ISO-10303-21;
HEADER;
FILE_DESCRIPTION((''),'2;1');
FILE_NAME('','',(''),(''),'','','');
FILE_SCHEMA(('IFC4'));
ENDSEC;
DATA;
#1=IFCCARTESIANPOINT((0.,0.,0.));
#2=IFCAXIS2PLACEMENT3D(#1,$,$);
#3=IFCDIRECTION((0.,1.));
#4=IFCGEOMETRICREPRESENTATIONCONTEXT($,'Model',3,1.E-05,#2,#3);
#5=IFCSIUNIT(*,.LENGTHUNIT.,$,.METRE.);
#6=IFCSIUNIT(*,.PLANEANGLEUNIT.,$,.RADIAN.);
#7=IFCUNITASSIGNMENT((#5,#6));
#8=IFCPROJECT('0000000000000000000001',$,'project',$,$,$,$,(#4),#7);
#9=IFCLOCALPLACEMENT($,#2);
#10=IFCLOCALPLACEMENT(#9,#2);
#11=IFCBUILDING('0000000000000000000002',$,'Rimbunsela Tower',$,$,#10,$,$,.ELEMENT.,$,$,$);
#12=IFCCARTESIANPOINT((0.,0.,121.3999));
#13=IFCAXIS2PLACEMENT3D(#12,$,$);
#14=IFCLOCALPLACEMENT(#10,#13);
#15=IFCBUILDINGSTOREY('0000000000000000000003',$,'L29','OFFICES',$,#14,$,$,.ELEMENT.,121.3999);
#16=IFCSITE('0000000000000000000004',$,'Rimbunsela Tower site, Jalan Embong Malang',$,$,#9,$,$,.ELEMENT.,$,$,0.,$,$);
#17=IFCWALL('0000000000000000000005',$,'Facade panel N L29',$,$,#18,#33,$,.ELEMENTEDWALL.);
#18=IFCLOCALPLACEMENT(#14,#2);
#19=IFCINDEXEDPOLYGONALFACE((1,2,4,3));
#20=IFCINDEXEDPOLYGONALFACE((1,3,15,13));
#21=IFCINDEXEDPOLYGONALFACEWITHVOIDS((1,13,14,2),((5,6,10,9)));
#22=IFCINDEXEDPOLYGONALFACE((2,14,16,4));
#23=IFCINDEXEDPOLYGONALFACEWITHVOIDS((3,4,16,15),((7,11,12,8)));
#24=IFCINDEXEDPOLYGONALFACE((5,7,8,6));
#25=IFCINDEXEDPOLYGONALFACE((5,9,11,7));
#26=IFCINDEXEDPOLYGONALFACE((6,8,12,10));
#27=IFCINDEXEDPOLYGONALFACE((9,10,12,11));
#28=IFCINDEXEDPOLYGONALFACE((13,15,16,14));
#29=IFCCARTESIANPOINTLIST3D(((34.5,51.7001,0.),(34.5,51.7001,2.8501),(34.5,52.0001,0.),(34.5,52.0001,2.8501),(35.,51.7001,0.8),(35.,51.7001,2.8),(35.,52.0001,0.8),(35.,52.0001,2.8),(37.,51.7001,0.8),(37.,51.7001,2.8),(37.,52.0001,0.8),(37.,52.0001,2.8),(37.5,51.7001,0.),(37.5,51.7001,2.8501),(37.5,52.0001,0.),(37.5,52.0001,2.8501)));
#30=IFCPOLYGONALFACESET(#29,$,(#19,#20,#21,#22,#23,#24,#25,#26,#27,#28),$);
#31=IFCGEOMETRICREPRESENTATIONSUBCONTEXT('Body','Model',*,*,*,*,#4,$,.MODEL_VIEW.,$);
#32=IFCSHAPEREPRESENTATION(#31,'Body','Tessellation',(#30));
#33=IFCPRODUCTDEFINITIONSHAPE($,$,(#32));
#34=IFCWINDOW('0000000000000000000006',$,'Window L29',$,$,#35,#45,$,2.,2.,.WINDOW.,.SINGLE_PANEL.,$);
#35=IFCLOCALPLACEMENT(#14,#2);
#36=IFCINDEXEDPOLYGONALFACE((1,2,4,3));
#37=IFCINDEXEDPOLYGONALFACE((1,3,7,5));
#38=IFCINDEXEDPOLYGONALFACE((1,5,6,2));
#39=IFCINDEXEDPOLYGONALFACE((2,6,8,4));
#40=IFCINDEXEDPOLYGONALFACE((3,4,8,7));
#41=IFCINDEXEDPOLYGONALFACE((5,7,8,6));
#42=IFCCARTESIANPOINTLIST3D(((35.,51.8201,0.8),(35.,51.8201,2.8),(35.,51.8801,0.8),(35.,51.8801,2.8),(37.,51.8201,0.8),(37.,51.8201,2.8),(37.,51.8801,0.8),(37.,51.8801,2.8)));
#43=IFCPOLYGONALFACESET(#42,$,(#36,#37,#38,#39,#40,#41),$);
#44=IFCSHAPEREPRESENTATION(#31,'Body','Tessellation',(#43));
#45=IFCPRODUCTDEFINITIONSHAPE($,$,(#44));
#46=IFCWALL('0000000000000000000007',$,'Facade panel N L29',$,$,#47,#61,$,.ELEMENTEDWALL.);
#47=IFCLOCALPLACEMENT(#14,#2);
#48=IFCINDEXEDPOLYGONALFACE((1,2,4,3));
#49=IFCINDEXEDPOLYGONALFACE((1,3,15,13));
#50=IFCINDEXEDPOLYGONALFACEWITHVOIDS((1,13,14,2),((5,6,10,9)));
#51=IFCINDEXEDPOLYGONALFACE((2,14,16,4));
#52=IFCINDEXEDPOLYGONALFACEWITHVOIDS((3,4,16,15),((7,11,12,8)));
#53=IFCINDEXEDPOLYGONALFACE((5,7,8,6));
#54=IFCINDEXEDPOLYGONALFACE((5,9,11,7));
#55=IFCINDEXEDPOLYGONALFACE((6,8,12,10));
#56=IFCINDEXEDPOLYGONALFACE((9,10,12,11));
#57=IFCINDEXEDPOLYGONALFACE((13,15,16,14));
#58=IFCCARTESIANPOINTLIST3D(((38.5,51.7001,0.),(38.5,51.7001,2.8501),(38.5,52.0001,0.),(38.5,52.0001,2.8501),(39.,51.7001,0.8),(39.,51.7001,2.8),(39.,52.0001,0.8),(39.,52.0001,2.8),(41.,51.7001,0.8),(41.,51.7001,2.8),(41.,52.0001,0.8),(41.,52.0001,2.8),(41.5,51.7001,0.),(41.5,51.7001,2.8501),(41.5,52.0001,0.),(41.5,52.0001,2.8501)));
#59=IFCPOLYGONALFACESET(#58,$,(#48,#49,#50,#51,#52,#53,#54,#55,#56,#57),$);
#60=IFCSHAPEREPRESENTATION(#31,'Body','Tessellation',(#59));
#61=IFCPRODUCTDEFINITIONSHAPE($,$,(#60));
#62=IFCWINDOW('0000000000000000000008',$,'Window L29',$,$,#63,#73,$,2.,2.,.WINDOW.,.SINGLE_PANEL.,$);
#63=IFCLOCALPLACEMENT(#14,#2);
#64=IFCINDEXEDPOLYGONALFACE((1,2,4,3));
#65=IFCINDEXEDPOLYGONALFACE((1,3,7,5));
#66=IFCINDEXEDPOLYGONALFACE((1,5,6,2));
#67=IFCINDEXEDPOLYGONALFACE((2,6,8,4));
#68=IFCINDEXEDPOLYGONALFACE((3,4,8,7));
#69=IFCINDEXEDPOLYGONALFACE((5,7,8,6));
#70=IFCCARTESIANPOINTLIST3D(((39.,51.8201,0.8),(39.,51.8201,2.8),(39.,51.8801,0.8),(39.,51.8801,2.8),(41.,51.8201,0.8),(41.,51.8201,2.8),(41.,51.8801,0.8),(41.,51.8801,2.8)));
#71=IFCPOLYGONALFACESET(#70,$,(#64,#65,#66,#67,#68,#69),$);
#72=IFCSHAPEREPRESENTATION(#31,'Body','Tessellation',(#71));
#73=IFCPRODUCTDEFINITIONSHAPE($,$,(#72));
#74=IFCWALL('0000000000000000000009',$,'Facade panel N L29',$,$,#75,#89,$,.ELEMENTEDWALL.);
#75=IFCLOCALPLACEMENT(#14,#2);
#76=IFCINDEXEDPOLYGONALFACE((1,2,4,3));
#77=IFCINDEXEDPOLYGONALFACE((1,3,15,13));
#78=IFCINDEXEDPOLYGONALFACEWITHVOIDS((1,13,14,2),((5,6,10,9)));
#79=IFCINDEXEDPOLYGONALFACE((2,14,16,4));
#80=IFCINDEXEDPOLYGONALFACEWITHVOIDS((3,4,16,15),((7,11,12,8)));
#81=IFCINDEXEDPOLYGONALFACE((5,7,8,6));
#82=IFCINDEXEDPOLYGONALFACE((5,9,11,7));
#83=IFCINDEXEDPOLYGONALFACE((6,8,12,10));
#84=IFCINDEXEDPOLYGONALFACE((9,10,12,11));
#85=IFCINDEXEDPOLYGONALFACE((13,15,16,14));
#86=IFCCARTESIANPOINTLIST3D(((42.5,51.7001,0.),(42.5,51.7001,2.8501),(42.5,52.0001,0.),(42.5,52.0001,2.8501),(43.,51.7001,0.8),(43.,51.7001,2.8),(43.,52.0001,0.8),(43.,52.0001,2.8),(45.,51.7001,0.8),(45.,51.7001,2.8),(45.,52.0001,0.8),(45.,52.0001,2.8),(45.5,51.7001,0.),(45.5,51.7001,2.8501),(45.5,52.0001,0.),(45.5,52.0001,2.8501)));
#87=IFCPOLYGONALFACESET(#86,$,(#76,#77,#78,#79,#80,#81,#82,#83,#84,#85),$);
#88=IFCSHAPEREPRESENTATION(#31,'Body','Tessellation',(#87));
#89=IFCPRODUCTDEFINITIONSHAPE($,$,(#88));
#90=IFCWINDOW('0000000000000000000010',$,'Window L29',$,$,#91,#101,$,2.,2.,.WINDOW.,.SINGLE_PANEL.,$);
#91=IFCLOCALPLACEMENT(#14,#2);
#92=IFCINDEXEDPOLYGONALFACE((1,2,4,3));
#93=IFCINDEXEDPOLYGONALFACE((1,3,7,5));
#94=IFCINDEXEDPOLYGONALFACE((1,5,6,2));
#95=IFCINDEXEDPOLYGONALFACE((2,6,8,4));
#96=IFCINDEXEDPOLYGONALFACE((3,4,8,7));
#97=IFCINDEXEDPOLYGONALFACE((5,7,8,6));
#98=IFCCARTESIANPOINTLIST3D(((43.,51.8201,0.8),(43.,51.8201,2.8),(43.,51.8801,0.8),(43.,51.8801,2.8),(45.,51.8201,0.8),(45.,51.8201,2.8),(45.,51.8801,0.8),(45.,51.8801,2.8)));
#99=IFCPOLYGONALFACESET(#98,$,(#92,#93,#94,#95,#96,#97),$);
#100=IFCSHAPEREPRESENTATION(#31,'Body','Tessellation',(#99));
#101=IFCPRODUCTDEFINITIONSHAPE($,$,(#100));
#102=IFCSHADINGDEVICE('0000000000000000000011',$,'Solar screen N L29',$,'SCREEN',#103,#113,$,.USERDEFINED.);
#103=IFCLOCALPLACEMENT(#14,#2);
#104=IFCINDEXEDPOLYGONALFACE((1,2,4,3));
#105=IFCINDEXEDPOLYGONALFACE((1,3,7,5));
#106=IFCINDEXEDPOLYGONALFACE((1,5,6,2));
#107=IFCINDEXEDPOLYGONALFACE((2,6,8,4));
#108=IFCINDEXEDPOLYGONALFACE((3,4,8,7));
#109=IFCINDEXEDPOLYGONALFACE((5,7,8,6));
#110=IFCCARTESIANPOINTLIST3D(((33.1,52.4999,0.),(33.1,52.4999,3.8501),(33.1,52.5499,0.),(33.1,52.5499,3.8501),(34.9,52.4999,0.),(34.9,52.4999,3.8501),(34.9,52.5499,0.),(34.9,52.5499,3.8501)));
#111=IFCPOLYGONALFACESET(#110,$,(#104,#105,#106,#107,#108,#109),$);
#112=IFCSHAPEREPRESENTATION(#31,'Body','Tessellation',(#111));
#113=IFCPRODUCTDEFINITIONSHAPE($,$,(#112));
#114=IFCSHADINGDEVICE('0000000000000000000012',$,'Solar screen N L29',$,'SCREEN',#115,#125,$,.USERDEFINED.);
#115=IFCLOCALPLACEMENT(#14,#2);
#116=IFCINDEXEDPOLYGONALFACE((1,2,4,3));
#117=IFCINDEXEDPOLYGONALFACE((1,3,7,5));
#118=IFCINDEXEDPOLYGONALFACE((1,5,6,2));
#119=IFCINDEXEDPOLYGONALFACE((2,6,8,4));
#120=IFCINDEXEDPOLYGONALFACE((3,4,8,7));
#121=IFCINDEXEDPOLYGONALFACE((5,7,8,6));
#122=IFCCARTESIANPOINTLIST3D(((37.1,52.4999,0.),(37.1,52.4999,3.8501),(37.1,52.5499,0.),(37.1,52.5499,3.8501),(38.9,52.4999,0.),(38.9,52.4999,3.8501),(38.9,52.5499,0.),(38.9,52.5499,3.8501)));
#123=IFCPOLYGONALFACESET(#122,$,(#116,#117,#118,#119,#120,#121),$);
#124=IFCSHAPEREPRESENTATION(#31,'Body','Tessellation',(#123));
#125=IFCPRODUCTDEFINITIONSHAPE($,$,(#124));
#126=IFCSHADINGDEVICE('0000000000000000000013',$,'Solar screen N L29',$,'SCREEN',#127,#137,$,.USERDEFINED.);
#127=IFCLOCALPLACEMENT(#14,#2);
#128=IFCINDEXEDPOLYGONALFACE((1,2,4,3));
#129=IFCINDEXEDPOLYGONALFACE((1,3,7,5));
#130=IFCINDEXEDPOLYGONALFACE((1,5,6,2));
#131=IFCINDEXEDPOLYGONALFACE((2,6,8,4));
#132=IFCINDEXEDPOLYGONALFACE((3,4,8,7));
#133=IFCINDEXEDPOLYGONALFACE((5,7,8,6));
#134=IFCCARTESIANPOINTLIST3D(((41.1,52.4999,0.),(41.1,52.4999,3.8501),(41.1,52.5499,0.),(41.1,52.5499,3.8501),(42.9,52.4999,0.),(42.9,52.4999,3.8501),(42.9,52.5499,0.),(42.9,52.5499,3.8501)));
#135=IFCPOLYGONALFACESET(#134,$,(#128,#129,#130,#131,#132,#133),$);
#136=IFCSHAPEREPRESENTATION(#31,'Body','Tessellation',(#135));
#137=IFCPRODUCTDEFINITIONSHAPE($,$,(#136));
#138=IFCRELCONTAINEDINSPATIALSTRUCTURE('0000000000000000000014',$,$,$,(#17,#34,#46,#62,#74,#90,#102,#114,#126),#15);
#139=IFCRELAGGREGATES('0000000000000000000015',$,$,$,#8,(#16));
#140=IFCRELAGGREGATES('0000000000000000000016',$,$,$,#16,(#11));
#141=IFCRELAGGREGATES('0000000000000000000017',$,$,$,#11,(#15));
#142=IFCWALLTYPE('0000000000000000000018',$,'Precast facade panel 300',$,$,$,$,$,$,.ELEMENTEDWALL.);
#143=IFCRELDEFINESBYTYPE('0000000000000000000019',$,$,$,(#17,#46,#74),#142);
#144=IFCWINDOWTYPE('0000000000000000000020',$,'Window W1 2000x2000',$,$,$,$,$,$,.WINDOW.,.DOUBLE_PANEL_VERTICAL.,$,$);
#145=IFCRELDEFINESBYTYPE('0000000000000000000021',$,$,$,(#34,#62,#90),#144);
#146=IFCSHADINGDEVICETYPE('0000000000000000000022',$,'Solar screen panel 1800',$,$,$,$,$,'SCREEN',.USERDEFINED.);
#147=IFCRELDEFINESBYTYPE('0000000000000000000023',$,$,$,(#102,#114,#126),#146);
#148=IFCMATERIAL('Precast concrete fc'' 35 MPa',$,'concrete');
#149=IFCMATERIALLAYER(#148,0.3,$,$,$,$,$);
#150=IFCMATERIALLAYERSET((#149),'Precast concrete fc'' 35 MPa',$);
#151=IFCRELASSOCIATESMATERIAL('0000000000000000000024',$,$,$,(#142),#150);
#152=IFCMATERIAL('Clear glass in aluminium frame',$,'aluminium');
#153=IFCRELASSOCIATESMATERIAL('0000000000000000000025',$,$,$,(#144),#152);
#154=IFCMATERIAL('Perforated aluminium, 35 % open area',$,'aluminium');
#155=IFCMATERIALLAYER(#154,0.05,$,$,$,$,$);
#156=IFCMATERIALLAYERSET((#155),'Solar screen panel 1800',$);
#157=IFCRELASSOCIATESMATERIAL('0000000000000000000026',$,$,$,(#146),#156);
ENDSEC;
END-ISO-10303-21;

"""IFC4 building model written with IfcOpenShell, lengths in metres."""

from ifc_helpers import new_model, si_unit, direction, frame, frame_2d, origin, origin_2d, place, context, subcontext, project, spatial, rectangle, extrude, material, layer, layer_set, type_object, element, fill, save


model = new_model("IFC4")

# Units and contexts
model_context = context("Model", 3, precision=1e-05, world=origin(), true_north=direction((0.0, 1.0)))
body_context = subcontext(model_context, "Body", "Model", "MODEL_VIEW")
ifc_project = project(units=[si_unit("LENGTHUNIT", "METRE"), si_unit("PLANEANGLEUNIT", "RADIAN")], contexts=[model_context])

# Site, building, storey
site_placement = place(None, origin())
site = spatial("IfcSite", under=ifc_project, at=site_placement, Name="Rimbunsela Tower site, Jalan Embong Malang", CompositionType="ELEMENT", RefElevation=0.0)
building_placement = place(site_placement, origin())
building = spatial("IfcBuilding", under=site, at=building_placement, Name="Rimbunsela Tower", CompositionType="ELEMENT")
storey_placement = place(building_placement, frame((0.0, 0.0, 121.3999)))
storey = spatial("IfcBuildingStorey", under=building, at=storey_placement, Name="L29", Description="OFFICES", CompositionType="ELEMENT", Elevation=121.3999)

# Walls, openings, windows
ifc_material_1 = material(Name="Precast concrete fc' 35 MPa", Category="concrete")
ifc_layer_1 = layer(ifc_material_1, 0.3)
ifc_layer_set_1 = layer_set([ifc_layer_1], Name="Precast concrete fc' 35 MPa")
wall_type_1 = type_object("IfcWallType", Name="Precast facade panel 300", PredefinedType="ELEMENTEDWALL", material=ifc_layer_set_1)
wall_1_placement = place(storey_placement, frame((37.5, 51.8501, 0.0), z_axis=(0.0, 0.0, 1.0), x_axis=(-1.0, 0.0, 0.0)))
wall_1 = element("IfcWall", 1, at=wall_1_placement, inside=storey, type_object=wall_type_1, Name="Facade panel N L29", PredefinedType="ELEMENTEDWALL", context=body_context, shape_type="SweptSolid", body=[
    extrude(rectangle(XDim=3.0, YDim=0.3, at=frame_2d((1.5, 0.0))), origin(), (0.0, 0.0, 1.0), 2.8501),
])
opening_1_placement = place(wall_1_placement, frame((0.5, 0.0, 0.8)))
opening_1 = element("IfcOpeningElement", 2, at=opening_1_placement, cuts=wall_1, PredefinedType="OPENING", context=body_context, shape_type="SweptSolid", body=[
    extrude(rectangle(XDim=2.0, YDim=2.0, at=frame_2d((1.0, 1.0))), frame((0.0, 0.1599, 0.0), z_axis=(0.0, -1.0, 0.0), x_axis=(1.0, 0.0, 0.0)), (0.0, 0.0, 1.0), 0.3201),
])
ifc_material_2 = material(Name="Clear glass in aluminium frame", Category="aluminium")
window_type = type_object("IfcWindowType", Name="Window W1 2000x2000", PartitioningType="DOUBLE_PANEL_VERTICAL", PredefinedType="WINDOW", material=ifc_material_2)
window_1_placement = place(opening_1_placement, origin())
window_1 = element("IfcWindow", 3, at=window_1_placement, inside=storey, type_object=window_type, Name="Window L29", OverallHeight=2.0, OverallWidth=2.0, PartitioningType="SINGLE_PANEL", PredefinedType="WINDOW", context=body_context, shape_type="SweptSolid", body=[
    extrude(rectangle(XDim=2.0, YDim=2.0, at=frame_2d((1.0, 1.0))), frame((0.0, 0.03, 0.0), z_axis=(0.0, -1.0, 0.0), x_axis=(1.0, 0.0, 0.0)), (0.0, 0.0, 1.0), 0.0601),
])
fill(opening_1, window_1)
wall_2_placement = place(storey_placement, frame((41.5, 51.8501, 0.0), z_axis=(0.0, 0.0, 1.0), x_axis=(-1.0, 0.0, 0.0)))
wall_2 = element("IfcWall", 4, at=wall_2_placement, inside=storey, type_object=wall_type_1, Name="Facade panel N L29", PredefinedType="ELEMENTEDWALL", context=body_context, shape_type="SweptSolid", body=[
    extrude(rectangle(XDim=3.0, YDim=0.3, at=frame_2d((1.5, 0.0))), origin(), (0.0, 0.0, 1.0), 2.8501),
])
opening_2_placement = place(wall_2_placement, frame((0.5, 0.0, 0.8)))
opening_2 = element("IfcOpeningElement", 5, at=opening_2_placement, cuts=wall_2, PredefinedType="OPENING", context=body_context, shape_type="SweptSolid", body=[
    extrude(rectangle(XDim=2.0, YDim=2.0, at=frame_2d((1.0, 1.0))), frame((0.0, 0.1599, 0.0), z_axis=(0.0, -1.0, 0.0), x_axis=(1.0, 0.0, 0.0)), (0.0, 0.0, 1.0), 0.3201),
])
window_2_placement = place(opening_2_placement, origin())
window_2 = element("IfcWindow", 6, at=window_2_placement, inside=storey, type_object=window_type, Name="Window L29", OverallHeight=2.0, OverallWidth=2.0, PartitioningType="SINGLE_PANEL", PredefinedType="WINDOW", context=body_context, shape_type="SweptSolid", body=[
    extrude(rectangle(XDim=2.0, YDim=2.0, at=frame_2d((1.0, 1.0))), frame((0.0, 0.03, 0.0), z_axis=(0.0, -1.0, 0.0), x_axis=(1.0, 0.0, 0.0)), (0.0, 0.0, 1.0), 0.0601),
])
fill(opening_2, window_2)
wall_3_placement = place(storey_placement, frame((45.5, 51.8501, 0.0), z_axis=(0.0, 0.0, 1.0), x_axis=(-1.0, 0.0, 0.0)))
wall_3 = element("IfcWall", 7, at=wall_3_placement, inside=storey, type_object=wall_type_1, Name="Facade panel N L29", PredefinedType="ELEMENTEDWALL", context=body_context, shape_type="SweptSolid", body=[
    extrude(rectangle(XDim=3.0, YDim=0.3, at=frame_2d((1.5, 0.0))), origin(), (0.0, 0.0, 1.0), 2.8501),
])
opening_3_placement = place(wall_3_placement, frame((0.5, 0.0, 0.8)))
opening_3 = element("IfcOpeningElement", 8, at=opening_3_placement, cuts=wall_3, PredefinedType="OPENING", context=body_context, shape_type="SweptSolid", body=[
    extrude(rectangle(XDim=2.0, YDim=2.0, at=frame_2d((1.0, 1.0))), frame((0.0, 0.1599, 0.0), z_axis=(0.0, -1.0, 0.0), x_axis=(1.0, 0.0, 0.0)), (0.0, 0.0, 1.0), 0.3201),
])
window_3_placement = place(opening_3_placement, origin())
window_3 = element("IfcWindow", 9, at=window_3_placement, inside=storey, type_object=window_type, Name="Window L29", OverallHeight=2.0, OverallWidth=2.0, PartitioningType="SINGLE_PANEL", PredefinedType="WINDOW", context=body_context, shape_type="SweptSolid", body=[
    extrude(rectangle(XDim=2.0, YDim=2.0, at=frame_2d((1.0, 1.0))), frame((0.0, 0.03, 0.0), z_axis=(0.0, -1.0, 0.0), x_axis=(1.0, 0.0, 0.0)), (0.0, 0.0, 1.0), 0.0601),
])
fill(opening_3, window_3)

# Shading devices
ifc_material_3 = material(Name="Perforated aluminium, 35 % open area", Category="aluminium")
ifc_layer_2 = layer(ifc_material_3, 0.05)
ifc_layer_set_2 = layer_set([ifc_layer_2], Name="Solar screen panel 1800")
shading_device_type = type_object("IfcShadingDeviceType", Name="Solar screen panel 1800", ElementType="SCREEN", PredefinedType="USERDEFINED", material=ifc_layer_set_2)
for number, where, z_axis, x_axis, name in (
    (10, (34.0, 52.5249, 0.0), (0.0, 0.0, 1.0), (1.0, 0.0, 0.0), "Solar screen N L29"),
    (11, (38.0, 52.5249, 0.0), (0.0, 0.0, 1.0), (1.0, 0.0, 0.0), "Solar screen N L29"),
    (12, (42.0, 52.5249, 0.0), (0.0, 0.0, 1.0), (1.0, 0.0, 0.0), "Solar screen N L29"),
):
    element("IfcShadingDevice", number, at=place(storey_placement, frame(where, z_axis=z_axis, x_axis=x_axis)), inside=storey, type_object=shading_device_type, Name=name, ObjectType="SCREEN", PredefinedType="USERDEFINED", context=body_context, shape_type="SweptSolid", body=[
        extrude(rectangle(XDim=1.8, YDim=0.05, at=origin_2d()), origin(), (0.0, 0.0, 1.0), 3.8501),
    ])

save(model, "model.ifc")
